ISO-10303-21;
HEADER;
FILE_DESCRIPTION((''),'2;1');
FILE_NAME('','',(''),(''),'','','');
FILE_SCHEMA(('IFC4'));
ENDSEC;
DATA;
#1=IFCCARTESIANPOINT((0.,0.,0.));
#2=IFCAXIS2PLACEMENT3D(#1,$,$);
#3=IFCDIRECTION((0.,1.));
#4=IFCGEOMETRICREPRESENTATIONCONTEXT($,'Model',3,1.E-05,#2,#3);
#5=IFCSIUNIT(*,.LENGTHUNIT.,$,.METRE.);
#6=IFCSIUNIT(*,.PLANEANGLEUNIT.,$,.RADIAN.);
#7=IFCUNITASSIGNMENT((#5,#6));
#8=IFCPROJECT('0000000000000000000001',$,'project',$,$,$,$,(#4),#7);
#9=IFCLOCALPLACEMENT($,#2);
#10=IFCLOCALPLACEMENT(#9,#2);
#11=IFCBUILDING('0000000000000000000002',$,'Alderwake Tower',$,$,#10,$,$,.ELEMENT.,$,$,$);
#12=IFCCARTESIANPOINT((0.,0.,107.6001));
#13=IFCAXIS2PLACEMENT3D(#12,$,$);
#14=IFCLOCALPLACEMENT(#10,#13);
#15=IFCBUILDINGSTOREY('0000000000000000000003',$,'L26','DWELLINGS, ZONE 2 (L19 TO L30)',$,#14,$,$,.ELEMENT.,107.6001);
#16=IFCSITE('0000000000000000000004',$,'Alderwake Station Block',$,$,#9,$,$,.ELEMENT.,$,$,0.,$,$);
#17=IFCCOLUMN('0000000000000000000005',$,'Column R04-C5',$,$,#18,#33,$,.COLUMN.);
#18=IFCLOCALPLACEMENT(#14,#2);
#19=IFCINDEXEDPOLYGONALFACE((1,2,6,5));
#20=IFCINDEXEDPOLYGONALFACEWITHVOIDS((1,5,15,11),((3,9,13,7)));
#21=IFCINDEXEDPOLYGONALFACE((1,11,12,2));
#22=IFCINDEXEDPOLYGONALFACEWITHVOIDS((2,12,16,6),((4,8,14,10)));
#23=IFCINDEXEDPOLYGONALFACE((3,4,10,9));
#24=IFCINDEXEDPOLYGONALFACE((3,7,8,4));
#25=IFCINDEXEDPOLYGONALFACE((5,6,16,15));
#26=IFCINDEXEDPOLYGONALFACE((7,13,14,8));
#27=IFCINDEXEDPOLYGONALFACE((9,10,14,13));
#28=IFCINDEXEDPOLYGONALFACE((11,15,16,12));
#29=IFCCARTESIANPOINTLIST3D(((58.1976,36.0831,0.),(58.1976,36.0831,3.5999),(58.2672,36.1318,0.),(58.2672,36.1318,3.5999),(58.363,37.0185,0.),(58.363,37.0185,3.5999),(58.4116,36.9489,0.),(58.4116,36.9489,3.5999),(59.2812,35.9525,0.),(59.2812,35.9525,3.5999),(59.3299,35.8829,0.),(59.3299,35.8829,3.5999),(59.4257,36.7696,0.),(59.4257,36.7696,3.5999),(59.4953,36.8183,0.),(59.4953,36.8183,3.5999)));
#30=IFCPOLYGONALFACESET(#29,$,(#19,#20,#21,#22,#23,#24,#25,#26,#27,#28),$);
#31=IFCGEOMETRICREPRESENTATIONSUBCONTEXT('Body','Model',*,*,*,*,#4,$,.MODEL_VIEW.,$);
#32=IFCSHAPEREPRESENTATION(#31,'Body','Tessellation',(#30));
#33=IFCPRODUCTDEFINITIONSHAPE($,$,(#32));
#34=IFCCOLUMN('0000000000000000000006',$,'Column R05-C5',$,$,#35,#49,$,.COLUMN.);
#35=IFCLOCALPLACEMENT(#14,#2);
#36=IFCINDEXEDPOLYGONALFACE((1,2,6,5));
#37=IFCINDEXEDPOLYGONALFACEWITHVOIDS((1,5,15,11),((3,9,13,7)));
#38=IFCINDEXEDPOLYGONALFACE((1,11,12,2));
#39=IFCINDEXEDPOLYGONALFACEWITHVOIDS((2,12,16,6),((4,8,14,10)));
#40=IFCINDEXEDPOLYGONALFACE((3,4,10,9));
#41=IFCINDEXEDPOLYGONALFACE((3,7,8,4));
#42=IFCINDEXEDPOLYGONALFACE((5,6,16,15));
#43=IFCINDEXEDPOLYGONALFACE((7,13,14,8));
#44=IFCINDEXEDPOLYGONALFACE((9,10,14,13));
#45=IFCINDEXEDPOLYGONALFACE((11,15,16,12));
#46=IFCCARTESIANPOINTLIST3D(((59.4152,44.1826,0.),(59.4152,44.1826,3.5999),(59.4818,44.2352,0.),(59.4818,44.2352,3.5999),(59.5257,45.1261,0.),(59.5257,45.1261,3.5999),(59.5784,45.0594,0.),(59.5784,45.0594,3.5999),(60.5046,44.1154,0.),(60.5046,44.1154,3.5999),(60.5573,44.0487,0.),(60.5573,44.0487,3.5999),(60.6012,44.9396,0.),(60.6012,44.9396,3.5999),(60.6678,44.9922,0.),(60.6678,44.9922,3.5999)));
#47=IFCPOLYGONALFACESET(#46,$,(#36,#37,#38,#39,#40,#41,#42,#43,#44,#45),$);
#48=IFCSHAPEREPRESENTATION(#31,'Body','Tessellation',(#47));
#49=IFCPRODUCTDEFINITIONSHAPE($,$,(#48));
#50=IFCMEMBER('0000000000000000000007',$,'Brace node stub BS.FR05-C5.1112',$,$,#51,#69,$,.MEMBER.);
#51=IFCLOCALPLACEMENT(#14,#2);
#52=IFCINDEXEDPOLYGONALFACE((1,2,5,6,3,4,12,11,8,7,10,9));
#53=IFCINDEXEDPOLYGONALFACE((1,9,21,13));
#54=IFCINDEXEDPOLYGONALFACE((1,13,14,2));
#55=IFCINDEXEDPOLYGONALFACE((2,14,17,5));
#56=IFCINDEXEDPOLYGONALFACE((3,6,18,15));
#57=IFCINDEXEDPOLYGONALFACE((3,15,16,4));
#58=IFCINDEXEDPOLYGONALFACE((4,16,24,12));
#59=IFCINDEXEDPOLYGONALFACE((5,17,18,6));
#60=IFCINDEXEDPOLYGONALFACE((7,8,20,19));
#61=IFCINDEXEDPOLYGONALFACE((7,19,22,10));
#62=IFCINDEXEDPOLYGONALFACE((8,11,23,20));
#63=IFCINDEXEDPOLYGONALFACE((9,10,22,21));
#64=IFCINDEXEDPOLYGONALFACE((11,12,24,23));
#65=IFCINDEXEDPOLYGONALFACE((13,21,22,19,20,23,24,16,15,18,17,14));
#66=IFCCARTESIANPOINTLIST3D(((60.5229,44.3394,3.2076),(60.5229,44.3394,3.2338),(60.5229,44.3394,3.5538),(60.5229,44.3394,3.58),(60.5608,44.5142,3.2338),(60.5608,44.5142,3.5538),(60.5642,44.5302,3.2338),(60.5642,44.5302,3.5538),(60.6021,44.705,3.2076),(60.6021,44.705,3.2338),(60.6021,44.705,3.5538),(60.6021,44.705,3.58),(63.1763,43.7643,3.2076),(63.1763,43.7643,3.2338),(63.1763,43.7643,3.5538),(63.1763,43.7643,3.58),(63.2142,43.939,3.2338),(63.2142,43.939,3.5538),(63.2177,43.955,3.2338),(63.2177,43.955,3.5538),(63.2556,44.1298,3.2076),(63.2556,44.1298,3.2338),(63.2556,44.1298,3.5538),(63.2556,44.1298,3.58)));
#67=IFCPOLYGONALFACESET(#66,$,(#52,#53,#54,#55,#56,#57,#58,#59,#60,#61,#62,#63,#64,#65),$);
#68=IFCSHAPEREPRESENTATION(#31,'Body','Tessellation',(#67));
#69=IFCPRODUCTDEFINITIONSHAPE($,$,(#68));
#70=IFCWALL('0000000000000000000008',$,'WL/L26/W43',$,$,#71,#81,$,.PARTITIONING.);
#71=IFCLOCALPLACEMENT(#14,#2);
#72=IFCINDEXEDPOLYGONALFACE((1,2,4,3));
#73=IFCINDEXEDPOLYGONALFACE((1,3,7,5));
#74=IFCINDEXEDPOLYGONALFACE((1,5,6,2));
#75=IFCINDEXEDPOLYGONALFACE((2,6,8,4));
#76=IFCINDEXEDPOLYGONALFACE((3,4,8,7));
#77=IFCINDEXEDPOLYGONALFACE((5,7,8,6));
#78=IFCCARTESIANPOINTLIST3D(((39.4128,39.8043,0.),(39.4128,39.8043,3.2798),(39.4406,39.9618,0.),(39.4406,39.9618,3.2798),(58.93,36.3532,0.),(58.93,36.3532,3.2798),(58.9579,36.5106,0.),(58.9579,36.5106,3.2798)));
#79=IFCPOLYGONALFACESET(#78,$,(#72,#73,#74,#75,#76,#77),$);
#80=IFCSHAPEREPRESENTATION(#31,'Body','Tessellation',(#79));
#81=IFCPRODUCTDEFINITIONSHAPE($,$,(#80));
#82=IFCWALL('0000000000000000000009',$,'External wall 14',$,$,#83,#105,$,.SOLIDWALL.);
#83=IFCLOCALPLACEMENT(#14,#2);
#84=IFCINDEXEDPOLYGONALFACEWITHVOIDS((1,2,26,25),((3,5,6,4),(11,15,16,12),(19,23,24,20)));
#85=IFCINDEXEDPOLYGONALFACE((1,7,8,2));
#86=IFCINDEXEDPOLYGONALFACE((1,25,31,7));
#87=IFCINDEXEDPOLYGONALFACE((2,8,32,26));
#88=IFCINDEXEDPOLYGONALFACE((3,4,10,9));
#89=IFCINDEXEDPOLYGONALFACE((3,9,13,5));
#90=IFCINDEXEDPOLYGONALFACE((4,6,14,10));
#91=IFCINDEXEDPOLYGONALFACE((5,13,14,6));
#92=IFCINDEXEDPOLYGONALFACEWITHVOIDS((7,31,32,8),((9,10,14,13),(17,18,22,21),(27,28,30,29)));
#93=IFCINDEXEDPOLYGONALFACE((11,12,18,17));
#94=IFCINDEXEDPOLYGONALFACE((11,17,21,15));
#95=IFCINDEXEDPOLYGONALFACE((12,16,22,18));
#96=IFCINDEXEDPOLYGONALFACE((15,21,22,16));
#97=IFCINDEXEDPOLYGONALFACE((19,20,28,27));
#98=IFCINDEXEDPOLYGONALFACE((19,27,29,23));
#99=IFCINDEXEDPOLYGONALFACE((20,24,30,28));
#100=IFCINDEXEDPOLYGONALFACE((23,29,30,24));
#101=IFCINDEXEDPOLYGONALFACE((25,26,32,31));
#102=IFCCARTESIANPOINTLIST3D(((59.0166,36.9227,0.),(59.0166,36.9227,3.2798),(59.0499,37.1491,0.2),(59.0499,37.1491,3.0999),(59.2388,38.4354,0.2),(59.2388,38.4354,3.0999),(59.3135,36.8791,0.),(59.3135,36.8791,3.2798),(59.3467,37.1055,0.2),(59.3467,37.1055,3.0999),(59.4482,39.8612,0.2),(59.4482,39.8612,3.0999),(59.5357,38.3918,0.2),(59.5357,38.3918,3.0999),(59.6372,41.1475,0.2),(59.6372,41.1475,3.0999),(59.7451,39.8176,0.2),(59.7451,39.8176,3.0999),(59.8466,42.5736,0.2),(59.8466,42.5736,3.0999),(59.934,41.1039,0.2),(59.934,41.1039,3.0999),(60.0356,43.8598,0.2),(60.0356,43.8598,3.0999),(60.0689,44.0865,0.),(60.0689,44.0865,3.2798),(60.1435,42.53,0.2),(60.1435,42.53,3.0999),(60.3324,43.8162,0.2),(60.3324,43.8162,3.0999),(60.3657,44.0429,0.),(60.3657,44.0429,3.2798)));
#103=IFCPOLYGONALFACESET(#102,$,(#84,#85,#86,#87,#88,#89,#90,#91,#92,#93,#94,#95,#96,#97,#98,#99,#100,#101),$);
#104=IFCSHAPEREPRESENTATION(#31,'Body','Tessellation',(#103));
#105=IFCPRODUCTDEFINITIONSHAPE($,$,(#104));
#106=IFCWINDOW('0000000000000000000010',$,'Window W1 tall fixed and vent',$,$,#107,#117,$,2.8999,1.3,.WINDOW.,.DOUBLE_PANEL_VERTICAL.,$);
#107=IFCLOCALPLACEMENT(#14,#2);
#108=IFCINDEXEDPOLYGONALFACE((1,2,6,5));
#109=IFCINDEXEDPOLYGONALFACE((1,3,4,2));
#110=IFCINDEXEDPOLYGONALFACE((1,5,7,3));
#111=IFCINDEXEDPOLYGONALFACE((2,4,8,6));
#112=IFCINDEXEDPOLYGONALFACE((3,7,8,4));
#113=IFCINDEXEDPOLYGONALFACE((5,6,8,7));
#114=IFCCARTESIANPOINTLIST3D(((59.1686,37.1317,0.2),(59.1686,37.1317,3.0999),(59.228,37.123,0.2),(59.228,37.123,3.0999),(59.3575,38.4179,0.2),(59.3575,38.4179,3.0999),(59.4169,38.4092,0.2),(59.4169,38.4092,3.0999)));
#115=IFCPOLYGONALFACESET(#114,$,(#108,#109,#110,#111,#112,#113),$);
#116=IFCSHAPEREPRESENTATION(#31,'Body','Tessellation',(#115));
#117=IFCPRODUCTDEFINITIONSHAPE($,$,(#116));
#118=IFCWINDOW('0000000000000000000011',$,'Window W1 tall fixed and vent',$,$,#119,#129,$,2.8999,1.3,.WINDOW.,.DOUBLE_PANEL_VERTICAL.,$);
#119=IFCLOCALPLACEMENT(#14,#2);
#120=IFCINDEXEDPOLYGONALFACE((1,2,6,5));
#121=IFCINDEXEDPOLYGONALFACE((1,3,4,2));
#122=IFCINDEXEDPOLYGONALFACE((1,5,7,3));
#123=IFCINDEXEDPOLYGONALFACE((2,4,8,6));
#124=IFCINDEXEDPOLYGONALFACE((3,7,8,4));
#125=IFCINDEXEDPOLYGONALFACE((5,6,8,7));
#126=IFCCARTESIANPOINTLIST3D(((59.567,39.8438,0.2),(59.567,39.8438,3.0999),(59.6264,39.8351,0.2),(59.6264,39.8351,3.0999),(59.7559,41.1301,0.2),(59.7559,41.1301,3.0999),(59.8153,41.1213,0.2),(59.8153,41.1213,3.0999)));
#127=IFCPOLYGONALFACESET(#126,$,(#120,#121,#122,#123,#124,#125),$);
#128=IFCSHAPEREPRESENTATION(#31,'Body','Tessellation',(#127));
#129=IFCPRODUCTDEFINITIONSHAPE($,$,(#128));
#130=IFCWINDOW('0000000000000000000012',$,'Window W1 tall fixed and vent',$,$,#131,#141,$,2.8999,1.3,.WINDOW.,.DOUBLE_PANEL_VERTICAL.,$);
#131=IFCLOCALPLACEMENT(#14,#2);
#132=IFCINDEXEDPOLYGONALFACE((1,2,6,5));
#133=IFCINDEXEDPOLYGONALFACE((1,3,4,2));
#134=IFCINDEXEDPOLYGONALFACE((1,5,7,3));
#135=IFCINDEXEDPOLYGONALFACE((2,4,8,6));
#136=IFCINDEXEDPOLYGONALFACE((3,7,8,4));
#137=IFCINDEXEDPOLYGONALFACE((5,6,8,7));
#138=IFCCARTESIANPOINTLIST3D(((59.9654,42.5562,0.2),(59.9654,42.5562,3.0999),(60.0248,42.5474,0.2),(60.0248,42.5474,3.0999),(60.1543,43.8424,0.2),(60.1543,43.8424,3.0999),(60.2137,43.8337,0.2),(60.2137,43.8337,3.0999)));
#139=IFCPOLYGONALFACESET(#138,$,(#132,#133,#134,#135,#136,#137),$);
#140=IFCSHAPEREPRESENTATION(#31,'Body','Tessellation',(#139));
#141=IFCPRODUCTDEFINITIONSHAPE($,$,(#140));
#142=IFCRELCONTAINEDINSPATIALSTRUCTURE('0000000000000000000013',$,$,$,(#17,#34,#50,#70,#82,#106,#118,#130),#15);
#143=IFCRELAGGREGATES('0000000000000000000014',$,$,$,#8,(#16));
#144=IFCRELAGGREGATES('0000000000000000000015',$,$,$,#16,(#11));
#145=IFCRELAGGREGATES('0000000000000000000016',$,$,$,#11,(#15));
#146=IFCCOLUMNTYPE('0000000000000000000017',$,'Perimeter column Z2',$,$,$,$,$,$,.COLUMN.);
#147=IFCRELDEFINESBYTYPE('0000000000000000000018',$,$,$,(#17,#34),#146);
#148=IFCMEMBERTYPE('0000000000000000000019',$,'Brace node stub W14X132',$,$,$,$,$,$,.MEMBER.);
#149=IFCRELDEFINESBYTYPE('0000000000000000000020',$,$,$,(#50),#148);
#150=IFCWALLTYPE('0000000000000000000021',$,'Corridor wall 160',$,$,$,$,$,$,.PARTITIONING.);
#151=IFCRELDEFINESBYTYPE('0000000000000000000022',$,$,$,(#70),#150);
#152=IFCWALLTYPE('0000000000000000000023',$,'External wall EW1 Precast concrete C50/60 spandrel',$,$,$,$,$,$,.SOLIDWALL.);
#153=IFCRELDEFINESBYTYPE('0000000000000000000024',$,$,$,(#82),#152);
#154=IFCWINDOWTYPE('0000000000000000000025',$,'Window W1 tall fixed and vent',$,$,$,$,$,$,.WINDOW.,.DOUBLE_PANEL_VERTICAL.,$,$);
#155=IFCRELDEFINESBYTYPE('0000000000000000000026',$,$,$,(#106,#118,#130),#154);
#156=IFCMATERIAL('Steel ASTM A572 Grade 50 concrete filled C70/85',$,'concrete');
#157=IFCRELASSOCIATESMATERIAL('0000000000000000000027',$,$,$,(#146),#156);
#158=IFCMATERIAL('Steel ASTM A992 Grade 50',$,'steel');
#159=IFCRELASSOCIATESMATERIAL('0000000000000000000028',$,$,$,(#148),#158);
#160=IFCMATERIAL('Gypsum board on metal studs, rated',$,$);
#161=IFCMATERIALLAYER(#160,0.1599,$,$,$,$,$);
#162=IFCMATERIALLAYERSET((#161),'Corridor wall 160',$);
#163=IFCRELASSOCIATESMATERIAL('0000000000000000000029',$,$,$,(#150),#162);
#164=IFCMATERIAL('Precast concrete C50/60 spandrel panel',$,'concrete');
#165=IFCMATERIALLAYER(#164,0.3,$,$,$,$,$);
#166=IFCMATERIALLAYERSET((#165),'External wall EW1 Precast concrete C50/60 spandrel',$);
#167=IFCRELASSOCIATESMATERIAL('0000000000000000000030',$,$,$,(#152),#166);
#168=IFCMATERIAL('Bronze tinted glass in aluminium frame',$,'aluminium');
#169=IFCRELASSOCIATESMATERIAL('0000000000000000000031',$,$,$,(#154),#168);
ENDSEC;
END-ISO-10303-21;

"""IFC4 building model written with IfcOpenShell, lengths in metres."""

from ifc_helpers import new_model, si_unit, direction, frame, frame_2d, origin, origin_2d, place, context, subcontext, project, spatial, rectangle, hollow_rectangle, i_section, extrude, material, layer, layer_set, material_profile, profile_set, type_object, element, fill, save


model = new_model("IFC4")

# Units and contexts
model_context = context("Model", 3, precision=1e-05, world=origin(), true_north=direction((0.0, 1.0)))
body_context = subcontext(model_context, "Body", "Model", "MODEL_VIEW")
ifc_project = project(units=[si_unit("LENGTHUNIT", "METRE"), si_unit("PLANEANGLEUNIT", "RADIAN")], contexts=[model_context])

# Site, building, storey
site_placement = place(None, origin())
site = spatial("IfcSite", under=ifc_project, at=site_placement, Name="Alderwake Station Block", CompositionType="ELEMENT", RefElevation=0.0)
building_placement = place(site_placement, origin())
building = spatial("IfcBuilding", under=site, at=building_placement, Name="Alderwake Tower", CompositionType="ELEMENT")
storey_placement = place(building_placement, frame((0.0, 0.0, 107.6001)))
storey = spatial("IfcBuildingStorey", under=building, at=storey_placement, Name="L26", Description="DWELLINGS, ZONE 2 (L19 TO L30)", CompositionType="ELEMENT", Elevation=107.6001)

# Columns
ifc_material_1 = material(Name="Steel ASTM A572 Grade 50 concrete filled C70/85", Category="concrete")
ifc_material_profile_1 = material_profile(ifc_material_1, hollow_rectangle(XDim=0.95, YDim=1.1499, WallThickness=0.0601, at=origin_2d()), Name="BOX 1150X950X60")
ifc_profile_set_1 = profile_set([ifc_material_profile_1], Name="Steel ASTM A572 Grade 50 concrete filled C70/85")
column_type = type_object("IfcColumnType", Name="Perimeter column Z2", PredefinedType="COLUMN", material=ifc_profile_set_1)
for number, where, z_axis, x_axis, name in (
    (1, (58.8464, 36.4507, 0.0), (0.0, 0.0, 1.0), (0.174107, 0.984727, 0.0), "Column R04-C5"),
    (2, (60.0415, 44.5874, 0.0), (0.0, 0.0, 1.0), (0.116402, 0.993202, 0.0), "Column R05-C5"),
):
    element("IfcColumn", number, at=place(storey_placement, frame(where, z_axis=z_axis, x_axis=x_axis)), inside=storey, type_object=column_type, Name=name, PredefinedType="COLUMN", context=body_context, shape_type="SweptSolid", body=[
        extrude(hollow_rectangle(XDim=0.95, YDim=1.1499, WallThickness=0.0601, at=origin_2d()), origin(), (0.0, 0.0, 1.0), 3.5999),
    ])

# Member
ifc_material_2 = material(Name="Steel ASTM A992 Grade 50", Category="steel")
ifc_material_profile_2 = material_profile(ifc_material_2, i_section(OverallWidth=0.374, OverallDepth=0.3723, WebThickness=0.0164, FlangeThickness=0.0261, at=origin_2d()), Name="W14X132")
ifc_profile_set_2 = profile_set([ifc_material_profile_2], Name="Steel ASTM A992 Grade 50")
member_type = type_object("IfcMemberType", Name="Brace node stub W14X132", PredefinedType="MEMBER", material=ifc_profile_set_2)
member_placement = place(storey_placement, frame((60.5625, 44.5222, 3.3938), z_axis=(0.977304, -0.211844, 0.0), x_axis=(0.211844, 0.977304, 0.0)))
element("IfcMember", 3, at=member_placement, inside=storey, type_object=member_type, Name="Brace node stub BS.FR05-C5.1112", PredefinedType="MEMBER", context=body_context, shape_type="SweptSolid", body=[
    extrude(i_section(OverallWidth=0.374, OverallDepth=0.3723, WebThickness=0.0164, FlangeThickness=0.0261, at=origin_2d()), origin(), (0.0, 0.0, 1.0), 2.7151),
])

# Wall
ifc_material_3 = material(Name="Gypsum board on metal studs, rated")
ifc_layer_1 = layer(ifc_material_3, 0.1599)
ifc_layer_set_1 = layer_set([ifc_layer_1], Name="Corridor wall 160")
wall_type_1 = type_object("IfcWallType", Name="Corridor wall 160", PredefinedType="PARTITIONING", material=ifc_layer_set_1)
wall_1_placement = place(storey_placement, frame((58.9441, 36.4319, 0.0), z_axis=(0.0, 0.0, 1.0), x_axis=(-0.984724, 0.174125, 0.0)))
element("IfcWall", 4, at=wall_1_placement, inside=storey, type_object=wall_type_1, Name="WL/L26/W43", PredefinedType="PARTITIONING", context=body_context, shape_type="SweptSolid", body=[
    extrude(rectangle(XDim=19.8201, YDim=0.1599, at=frame_2d((9.9102, 0.0))), origin(), (0.0, 0.0, 1.0), 3.2798),
])

# Wall, openings, windows
ifc_material_4 = material(Name="Precast concrete C50/60 spandrel panel", Category="concrete")
ifc_layer_2 = layer(ifc_material_4, 0.3)
ifc_layer_set_2 = layer_set([ifc_layer_2], Name="External wall EW1 Precast concrete C50/60 spandrel")
wall_type_2 = type_object("IfcWallType", Name="External wall EW1 Precast concrete C50/60 spandrel", PredefinedType="SOLIDWALL", material=ifc_layer_set_2)
wall_2_placement = place(storey_placement, frame((59.165, 36.9009, 0.0), z_axis=(0.0, 0.0, 1.0), x_axis=(0.145324, 0.989384, 0.0)))
wall_2 = element("IfcWall", 5, at=wall_2_placement, inside=storey, type_object=wall_type_2, Name="External wall 14", PredefinedType="SOLIDWALL", context=body_context, shape_type="SweptSolid", body=[
    extrude(rectangle(XDim=7.2407, YDim=0.3, at=frame_2d((3.6204, 0.0))), origin(), (0.0, 0.0, 1.0), 3.2798),
])
opening_1_placement = place(wall_2_placement, frame((0.229, 0.0, 0.2)))
opening_1 = element("IfcOpeningElement", 6, at=opening_1_placement, cuts=wall_2, PredefinedType="OPENING", context=body_context, shape_type="SweptSolid", body=[
    extrude(rectangle(XDim=1.3, YDim=2.8999, at=frame_2d((0.6499, 1.45))), frame((0.0, 0.1599, 0.0), z_axis=(0.0, -1.0, 0.0), x_axis=(1.0, 0.0, 0.0)), (0.0, 0.0, 1.0), 0.3201),
])
opening_2_placement = place(wall_2_placement, frame((2.9702, 0.0, 0.2)))
opening_2 = element("IfcOpeningElement", 7, at=opening_2_placement, cuts=wall_2, PredefinedType="OPENING", context=body_context, shape_type="SweptSolid", body=[
    extrude(rectangle(XDim=1.3, YDim=2.8999, at=frame_2d((0.6499, 1.45))), frame((0.0, 0.1599, 0.0), z_axis=(0.0, -1.0, 0.0), x_axis=(1.0, 0.0, 0.0)), (0.0, 0.0, 1.0), 0.3201),
])
opening_3_placement = place(wall_2_placement, frame((5.7117, 0.0, 0.2)))
opening_3 = element("IfcOpeningElement", 8, at=opening_3_placement, cuts=wall_2, PredefinedType="OPENING", context=body_context, shape_type="SweptSolid", body=[
    extrude(rectangle(XDim=1.3, YDim=2.8999, at=frame_2d((0.6499, 1.45))), frame((0.0, 0.1599, 0.0), z_axis=(0.0, -1.0, 0.0), x_axis=(1.0, 0.0, 0.0)), (0.0, 0.0, 1.0), 0.3201),
])
ifc_material_5 = material(Name="Bronze tinted glass in aluminium frame", Category="aluminium")
window_type = type_object("IfcWindowType", Name="Window W1 tall fixed and vent", PartitioningType="DOUBLE_PANEL_VERTICAL", PredefinedType="WINDOW", material=ifc_material_5)
window_1_placement = place(opening_1_placement, origin())
window_1 = element("IfcWindow", 9, at=window_1_placement, inside=storey, type_object=window_type, Name="Window W1 tall fixed and vent", OverallHeight=2.8999, OverallWidth=1.3, PartitioningType="DOUBLE_PANEL_VERTICAL", PredefinedType="WINDOW", context=body_context, shape_type="SweptSolid", body=[
    extrude(rectangle(XDim=1.3, YDim=2.8999, at=frame_2d((0.6499, 1.45))), frame((0.0, 0.03, 0.0), z_axis=(0.0, -1.0, 0.0), x_axis=(1.0, 0.0, 0.0)), (0.0, 0.0, 1.0), 0.0601),
])
fill(opening_1, window_1)
window_2_placement = place(opening_2_placement, origin())
window_2 = element("IfcWindow", 10, at=window_2_placement, inside=storey, type_object=window_type, Name="Window W1 tall fixed and vent", OverallHeight=2.8999, OverallWidth=1.3, PartitioningType="DOUBLE_PANEL_VERTICAL", PredefinedType="WINDOW", context=body_context, shape_type="SweptSolid", body=[
    extrude(rectangle(XDim=1.3, YDim=2.8999, at=frame_2d((0.6499, 1.45))), frame((0.0, 0.03, 0.0), z_axis=(0.0, -1.0, 0.0), x_axis=(1.0, 0.0, 0.0)), (0.0, 0.0, 1.0), 0.0601),
])
fill(opening_2, window_2)
window_3_placement = place(opening_3_placement, origin())
window_3 = element("IfcWindow", 11, at=window_3_placement, inside=storey, type_object=window_type, Name="Window W1 tall fixed and vent", OverallHeight=2.8999, OverallWidth=1.3, PartitioningType="DOUBLE_PANEL_VERTICAL", PredefinedType="WINDOW", context=body_context, shape_type="SweptSolid", body=[
    extrude(rectangle(XDim=1.3, YDim=2.8999, at=frame_2d((0.6499, 1.45))), frame((0.0, 0.03, 0.0), z_axis=(0.0, -1.0, 0.0), x_axis=(1.0, 0.0, 0.0)), (0.0, 0.0, 1.0), 0.0601),
])
fill(opening_3, window_3)

save(model, "model.ifc")
